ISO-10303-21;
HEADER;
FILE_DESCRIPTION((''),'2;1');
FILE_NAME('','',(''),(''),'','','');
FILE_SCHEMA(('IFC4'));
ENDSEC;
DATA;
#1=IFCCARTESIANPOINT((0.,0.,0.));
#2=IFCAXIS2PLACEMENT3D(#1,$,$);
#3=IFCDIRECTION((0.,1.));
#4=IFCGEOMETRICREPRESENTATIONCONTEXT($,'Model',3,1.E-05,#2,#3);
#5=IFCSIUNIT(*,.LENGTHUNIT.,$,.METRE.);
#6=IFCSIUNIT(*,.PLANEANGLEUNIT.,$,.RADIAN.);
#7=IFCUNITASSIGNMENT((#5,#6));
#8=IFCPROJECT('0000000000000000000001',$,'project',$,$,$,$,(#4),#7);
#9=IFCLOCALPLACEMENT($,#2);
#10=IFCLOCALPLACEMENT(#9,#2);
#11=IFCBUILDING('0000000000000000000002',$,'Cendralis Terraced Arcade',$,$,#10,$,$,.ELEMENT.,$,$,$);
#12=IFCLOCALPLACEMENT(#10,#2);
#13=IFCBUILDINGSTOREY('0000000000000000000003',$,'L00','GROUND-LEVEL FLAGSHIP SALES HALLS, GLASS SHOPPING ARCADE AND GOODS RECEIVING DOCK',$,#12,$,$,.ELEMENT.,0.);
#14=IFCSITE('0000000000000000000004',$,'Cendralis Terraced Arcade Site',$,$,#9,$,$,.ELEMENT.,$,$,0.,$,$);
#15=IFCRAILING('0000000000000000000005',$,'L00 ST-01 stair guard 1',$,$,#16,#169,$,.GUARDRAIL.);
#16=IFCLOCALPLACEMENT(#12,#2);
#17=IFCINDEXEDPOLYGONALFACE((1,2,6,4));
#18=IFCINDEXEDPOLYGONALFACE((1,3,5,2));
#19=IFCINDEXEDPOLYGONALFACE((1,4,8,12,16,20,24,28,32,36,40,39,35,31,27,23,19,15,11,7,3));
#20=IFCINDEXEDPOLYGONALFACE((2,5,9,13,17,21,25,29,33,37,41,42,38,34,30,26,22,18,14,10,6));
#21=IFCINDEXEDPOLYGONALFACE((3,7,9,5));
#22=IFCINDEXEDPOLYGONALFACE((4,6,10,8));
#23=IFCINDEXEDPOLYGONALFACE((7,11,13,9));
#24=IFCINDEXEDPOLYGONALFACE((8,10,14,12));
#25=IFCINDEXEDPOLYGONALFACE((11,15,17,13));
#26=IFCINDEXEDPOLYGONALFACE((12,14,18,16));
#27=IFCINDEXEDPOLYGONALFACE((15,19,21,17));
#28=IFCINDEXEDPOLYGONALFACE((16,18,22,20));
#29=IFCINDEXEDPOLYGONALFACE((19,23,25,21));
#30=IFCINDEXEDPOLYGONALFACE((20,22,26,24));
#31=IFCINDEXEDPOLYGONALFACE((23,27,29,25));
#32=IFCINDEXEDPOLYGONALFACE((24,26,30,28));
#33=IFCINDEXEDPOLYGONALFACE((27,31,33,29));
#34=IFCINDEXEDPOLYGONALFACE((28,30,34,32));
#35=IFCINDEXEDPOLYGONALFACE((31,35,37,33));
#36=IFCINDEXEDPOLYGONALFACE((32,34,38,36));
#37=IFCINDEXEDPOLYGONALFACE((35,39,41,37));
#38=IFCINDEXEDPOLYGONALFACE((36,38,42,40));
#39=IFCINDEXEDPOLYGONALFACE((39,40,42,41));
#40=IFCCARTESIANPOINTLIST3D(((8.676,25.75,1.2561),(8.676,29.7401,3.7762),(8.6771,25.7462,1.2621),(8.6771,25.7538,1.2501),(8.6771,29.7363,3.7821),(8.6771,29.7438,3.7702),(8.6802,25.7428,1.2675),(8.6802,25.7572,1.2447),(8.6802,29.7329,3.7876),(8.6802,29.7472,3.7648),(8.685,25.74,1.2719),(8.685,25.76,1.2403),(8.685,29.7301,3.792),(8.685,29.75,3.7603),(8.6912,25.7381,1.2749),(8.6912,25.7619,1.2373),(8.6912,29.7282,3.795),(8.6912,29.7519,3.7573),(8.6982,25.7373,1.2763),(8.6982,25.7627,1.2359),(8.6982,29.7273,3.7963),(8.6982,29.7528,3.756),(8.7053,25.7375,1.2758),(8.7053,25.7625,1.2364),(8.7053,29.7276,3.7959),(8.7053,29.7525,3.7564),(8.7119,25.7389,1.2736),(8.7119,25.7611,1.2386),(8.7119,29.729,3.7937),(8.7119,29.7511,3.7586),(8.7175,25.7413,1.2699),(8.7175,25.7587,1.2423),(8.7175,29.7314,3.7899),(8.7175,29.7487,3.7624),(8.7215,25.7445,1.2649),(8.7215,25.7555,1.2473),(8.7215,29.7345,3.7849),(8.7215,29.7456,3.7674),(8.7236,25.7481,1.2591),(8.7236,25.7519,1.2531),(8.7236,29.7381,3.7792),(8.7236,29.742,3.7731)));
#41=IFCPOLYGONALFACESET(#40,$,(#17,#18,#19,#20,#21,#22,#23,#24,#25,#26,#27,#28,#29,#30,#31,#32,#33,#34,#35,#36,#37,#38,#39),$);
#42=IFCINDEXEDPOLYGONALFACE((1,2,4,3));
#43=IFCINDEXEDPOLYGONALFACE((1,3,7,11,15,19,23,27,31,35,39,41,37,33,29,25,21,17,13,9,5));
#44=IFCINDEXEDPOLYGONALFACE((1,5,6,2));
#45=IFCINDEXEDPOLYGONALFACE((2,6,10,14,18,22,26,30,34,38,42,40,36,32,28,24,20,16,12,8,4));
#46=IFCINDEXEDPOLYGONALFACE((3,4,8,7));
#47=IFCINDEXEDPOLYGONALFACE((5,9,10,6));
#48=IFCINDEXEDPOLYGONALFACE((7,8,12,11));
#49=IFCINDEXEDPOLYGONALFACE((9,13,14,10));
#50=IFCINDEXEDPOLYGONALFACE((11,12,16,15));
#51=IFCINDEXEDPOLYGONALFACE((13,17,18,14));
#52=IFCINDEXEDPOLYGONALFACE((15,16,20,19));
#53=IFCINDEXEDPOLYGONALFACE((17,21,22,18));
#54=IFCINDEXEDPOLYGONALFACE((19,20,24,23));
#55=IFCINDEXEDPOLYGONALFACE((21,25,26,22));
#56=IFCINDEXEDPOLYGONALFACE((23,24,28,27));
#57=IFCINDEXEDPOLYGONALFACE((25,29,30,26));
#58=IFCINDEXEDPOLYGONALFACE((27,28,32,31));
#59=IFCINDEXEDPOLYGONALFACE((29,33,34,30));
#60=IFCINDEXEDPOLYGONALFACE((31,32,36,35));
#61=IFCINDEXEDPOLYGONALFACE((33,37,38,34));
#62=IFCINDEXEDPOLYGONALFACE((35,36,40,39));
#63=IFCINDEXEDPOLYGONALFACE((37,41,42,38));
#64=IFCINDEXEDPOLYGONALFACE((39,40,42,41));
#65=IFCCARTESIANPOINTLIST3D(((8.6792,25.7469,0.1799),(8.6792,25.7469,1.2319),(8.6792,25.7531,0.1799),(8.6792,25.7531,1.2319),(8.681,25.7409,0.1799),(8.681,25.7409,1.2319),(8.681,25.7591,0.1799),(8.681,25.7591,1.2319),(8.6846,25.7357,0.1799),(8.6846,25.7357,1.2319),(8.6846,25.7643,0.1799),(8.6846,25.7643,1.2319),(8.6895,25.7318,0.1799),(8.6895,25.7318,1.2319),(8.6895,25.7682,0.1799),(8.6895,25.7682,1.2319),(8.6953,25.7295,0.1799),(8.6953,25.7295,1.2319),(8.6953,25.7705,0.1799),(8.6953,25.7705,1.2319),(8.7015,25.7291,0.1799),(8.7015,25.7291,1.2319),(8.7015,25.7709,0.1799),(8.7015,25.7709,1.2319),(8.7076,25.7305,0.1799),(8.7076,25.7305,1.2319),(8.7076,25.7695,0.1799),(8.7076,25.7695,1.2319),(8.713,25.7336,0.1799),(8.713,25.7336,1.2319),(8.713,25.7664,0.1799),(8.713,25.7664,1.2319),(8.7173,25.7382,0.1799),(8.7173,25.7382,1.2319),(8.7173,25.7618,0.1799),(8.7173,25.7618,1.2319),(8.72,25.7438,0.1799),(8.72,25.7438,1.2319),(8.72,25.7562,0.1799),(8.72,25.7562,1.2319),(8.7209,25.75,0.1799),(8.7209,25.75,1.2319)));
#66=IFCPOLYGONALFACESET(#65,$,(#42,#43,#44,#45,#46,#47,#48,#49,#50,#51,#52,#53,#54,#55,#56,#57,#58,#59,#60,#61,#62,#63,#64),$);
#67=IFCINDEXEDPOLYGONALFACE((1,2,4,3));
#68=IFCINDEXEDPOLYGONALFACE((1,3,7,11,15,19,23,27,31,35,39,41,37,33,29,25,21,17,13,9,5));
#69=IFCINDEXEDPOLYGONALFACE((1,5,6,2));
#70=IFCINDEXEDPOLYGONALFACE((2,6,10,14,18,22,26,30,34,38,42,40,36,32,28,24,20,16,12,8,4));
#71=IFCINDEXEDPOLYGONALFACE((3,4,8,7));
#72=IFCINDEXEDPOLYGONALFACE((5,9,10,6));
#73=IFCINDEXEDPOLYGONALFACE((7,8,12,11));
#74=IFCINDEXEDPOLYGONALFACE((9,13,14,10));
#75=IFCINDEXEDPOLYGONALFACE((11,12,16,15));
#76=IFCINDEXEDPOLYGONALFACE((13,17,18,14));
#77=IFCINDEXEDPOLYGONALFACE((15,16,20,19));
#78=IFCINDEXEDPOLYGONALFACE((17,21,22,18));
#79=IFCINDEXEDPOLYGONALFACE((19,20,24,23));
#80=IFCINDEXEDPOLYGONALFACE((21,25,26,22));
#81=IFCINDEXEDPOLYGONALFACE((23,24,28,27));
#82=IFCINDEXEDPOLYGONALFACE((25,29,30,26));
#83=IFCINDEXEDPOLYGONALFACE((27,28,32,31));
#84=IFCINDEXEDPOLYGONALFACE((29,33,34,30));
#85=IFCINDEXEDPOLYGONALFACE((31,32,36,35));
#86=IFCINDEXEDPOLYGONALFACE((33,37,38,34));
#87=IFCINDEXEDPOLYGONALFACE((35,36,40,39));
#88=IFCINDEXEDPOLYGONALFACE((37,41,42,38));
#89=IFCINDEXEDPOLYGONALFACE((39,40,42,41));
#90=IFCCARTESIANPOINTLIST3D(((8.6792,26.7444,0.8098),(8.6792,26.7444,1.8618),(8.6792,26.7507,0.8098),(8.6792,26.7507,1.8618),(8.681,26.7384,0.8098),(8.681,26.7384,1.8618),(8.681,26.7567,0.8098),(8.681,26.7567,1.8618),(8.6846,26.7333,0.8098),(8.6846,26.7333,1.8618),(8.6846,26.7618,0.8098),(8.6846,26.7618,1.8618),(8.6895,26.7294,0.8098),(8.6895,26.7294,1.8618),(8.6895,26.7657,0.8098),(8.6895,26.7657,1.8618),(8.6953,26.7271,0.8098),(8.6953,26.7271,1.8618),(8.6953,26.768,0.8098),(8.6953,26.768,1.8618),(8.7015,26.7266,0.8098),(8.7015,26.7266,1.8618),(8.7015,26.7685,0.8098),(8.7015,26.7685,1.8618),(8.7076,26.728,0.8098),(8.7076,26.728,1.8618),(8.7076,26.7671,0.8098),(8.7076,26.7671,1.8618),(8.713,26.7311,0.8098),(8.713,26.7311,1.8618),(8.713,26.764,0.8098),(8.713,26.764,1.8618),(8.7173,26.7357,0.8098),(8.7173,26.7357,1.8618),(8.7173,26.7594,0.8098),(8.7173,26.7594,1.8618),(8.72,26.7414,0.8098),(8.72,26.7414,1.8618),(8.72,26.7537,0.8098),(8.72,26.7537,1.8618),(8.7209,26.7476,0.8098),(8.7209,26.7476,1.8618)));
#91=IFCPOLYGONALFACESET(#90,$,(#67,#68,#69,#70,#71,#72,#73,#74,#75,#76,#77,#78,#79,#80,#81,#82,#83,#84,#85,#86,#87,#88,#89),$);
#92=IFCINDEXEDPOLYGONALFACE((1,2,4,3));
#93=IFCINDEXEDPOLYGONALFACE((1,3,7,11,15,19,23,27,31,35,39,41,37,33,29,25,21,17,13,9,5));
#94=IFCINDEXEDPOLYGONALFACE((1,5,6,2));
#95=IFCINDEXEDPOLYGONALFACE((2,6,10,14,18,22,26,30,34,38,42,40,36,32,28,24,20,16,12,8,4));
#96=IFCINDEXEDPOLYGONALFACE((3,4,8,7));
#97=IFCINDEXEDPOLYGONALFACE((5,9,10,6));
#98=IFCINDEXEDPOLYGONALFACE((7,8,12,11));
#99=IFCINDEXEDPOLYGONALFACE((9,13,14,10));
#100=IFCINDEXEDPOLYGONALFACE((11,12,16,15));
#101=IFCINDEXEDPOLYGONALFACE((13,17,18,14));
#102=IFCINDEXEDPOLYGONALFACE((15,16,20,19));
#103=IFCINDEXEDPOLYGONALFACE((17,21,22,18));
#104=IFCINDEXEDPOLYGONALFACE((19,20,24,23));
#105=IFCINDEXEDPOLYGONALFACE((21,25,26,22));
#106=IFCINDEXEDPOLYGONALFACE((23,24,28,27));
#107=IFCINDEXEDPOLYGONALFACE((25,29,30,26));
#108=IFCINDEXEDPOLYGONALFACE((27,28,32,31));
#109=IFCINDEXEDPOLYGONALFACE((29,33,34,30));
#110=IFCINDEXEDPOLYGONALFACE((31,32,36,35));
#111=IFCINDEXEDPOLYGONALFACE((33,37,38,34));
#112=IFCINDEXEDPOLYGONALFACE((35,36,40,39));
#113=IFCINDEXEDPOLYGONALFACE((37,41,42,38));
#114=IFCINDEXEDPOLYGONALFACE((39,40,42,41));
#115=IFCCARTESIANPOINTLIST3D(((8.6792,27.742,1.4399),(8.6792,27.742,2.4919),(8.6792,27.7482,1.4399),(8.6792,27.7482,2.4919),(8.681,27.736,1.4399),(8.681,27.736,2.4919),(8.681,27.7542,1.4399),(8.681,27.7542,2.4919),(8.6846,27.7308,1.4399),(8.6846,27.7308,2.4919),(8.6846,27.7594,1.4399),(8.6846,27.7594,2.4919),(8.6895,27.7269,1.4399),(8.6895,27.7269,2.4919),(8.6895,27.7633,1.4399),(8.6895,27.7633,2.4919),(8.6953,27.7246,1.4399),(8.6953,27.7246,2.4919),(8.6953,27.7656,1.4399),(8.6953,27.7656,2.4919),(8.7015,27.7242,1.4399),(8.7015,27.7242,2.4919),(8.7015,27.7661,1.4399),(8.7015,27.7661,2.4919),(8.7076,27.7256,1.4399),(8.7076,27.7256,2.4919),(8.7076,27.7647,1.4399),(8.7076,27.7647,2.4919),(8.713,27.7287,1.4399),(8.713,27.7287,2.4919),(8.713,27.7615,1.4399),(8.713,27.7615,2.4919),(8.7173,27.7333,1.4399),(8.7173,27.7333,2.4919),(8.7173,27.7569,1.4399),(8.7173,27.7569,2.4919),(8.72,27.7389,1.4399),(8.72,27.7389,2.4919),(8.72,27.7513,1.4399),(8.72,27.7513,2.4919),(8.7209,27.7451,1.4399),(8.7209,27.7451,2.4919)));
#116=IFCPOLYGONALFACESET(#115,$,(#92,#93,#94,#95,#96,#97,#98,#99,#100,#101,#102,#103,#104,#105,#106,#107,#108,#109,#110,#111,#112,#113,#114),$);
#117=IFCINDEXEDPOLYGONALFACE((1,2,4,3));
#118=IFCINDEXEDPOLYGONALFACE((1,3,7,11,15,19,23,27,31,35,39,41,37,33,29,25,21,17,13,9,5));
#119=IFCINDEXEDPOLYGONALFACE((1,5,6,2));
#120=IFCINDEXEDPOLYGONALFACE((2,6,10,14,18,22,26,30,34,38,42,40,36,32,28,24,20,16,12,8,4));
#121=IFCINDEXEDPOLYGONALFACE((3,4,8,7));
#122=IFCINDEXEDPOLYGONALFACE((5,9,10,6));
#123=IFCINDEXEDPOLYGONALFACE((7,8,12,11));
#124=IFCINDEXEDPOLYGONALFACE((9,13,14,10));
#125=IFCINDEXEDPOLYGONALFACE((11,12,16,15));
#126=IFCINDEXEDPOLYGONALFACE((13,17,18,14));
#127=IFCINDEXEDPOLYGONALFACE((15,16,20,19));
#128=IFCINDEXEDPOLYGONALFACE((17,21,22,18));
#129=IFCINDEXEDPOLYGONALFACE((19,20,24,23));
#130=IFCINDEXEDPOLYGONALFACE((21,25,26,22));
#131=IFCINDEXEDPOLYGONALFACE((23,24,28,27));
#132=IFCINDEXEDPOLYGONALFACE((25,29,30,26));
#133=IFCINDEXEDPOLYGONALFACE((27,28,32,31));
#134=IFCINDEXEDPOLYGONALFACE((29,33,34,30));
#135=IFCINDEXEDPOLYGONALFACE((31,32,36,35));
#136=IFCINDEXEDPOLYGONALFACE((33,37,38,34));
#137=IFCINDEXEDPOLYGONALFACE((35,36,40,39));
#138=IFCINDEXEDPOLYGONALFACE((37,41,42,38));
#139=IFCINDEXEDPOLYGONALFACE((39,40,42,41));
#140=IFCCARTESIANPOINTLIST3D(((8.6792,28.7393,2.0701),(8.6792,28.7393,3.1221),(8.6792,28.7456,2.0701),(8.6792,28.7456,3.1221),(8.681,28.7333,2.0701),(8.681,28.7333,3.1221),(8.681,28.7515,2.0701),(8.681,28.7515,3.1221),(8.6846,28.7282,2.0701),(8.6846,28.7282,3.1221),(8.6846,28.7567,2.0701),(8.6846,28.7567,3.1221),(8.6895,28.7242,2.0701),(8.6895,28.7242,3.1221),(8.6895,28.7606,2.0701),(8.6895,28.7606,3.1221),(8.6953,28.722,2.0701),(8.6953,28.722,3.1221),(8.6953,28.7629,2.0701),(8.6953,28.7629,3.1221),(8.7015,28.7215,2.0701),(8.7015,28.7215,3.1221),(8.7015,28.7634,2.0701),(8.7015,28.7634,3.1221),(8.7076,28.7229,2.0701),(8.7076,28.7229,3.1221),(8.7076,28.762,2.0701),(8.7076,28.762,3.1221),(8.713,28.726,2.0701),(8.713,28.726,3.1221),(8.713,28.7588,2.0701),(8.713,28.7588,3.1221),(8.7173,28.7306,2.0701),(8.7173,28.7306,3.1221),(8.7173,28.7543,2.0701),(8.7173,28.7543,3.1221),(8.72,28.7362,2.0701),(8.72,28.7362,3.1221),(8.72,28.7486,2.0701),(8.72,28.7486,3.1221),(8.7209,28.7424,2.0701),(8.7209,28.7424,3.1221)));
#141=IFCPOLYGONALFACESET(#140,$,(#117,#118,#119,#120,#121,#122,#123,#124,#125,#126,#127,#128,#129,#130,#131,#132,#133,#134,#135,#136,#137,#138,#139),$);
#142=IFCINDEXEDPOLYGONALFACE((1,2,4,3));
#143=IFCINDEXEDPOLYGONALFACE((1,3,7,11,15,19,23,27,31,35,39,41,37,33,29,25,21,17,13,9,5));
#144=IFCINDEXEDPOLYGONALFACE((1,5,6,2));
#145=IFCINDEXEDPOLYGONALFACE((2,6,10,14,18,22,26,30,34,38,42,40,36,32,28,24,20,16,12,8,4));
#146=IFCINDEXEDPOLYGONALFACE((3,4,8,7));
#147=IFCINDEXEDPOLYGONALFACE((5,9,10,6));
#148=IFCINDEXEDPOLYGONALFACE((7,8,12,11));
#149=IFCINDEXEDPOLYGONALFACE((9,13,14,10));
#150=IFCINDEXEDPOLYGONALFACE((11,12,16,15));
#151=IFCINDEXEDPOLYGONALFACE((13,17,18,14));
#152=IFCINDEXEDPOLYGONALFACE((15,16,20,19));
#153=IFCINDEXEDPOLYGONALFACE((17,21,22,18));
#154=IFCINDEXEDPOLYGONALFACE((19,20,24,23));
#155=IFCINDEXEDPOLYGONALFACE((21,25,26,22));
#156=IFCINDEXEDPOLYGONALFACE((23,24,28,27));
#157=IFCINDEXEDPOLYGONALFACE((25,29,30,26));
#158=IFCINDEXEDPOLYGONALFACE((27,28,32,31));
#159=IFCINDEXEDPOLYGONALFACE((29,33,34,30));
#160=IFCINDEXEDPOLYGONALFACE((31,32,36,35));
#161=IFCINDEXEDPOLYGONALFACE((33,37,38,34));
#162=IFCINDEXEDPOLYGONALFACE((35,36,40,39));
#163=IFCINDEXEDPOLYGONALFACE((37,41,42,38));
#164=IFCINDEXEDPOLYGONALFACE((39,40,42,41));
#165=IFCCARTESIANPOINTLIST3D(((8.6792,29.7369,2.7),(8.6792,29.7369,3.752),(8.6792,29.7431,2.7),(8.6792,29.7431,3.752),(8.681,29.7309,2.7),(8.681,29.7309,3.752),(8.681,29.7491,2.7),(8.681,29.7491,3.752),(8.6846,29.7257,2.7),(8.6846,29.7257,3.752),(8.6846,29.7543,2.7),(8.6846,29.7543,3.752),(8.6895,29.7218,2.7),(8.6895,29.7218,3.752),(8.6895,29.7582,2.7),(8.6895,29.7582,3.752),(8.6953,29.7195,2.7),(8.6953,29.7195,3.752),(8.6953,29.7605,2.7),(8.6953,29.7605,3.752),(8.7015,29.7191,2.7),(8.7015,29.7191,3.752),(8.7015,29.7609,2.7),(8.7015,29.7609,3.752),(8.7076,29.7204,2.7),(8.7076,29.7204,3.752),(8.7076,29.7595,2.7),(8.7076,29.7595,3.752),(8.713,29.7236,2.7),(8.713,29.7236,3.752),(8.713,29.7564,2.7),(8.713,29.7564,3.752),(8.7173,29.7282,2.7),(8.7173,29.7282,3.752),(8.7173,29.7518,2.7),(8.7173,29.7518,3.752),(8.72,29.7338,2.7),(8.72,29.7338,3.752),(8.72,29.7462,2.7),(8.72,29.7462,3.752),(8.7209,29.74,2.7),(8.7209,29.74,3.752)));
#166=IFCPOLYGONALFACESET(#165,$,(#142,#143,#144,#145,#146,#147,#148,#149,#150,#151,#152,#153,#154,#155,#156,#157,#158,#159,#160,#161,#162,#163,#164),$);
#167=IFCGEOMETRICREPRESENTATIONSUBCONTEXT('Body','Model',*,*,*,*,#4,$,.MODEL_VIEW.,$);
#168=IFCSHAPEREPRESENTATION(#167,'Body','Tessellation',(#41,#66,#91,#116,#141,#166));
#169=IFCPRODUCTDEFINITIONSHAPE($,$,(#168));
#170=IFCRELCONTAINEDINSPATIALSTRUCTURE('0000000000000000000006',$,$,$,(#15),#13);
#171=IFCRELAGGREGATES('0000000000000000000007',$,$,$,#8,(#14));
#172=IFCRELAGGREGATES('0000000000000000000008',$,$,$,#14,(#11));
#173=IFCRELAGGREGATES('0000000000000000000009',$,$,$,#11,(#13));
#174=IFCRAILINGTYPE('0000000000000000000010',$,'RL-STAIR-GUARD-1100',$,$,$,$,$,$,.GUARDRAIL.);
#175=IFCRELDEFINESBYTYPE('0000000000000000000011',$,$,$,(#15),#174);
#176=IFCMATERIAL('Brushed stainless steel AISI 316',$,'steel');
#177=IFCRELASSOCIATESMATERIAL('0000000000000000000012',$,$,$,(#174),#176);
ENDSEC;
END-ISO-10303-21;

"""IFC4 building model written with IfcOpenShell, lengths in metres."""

from ifc_helpers import new_model, si_unit, direction, frame, origin, origin_2d, place, context, subcontext, project, spatial, circle, extrude, material, type_object, element, save


model = new_model("IFC4")

# Units and contexts
model_context = context("Model", 3, precision=1e-05, world=origin(), true_north=direction((0.0, 1.0)))
body_context = subcontext(model_context, "Body", "Model", "MODEL_VIEW")
ifc_project = project(units=[si_unit("LENGTHUNIT", "METRE"), si_unit("PLANEANGLEUNIT", "RADIAN")], contexts=[model_context])

# Site, building, storey
site_placement = place(None, origin())
site = spatial("IfcSite", under=ifc_project, at=site_placement, Name="Cendralis Terraced Arcade Site", CompositionType="ELEMENT", RefElevation=0.0)
building_placement = place(site_placement, origin())
building = spatial("IfcBuilding", under=site, at=building_placement, Name="Cendralis Terraced Arcade", CompositionType="ELEMENT")
storey_placement = place(building_placement, origin())
storey = spatial("IfcBuildingStorey", under=building, at=storey_placement, Name="L00", Description="GROUND-LEVEL FLAGSHIP SALES HALLS, GLASS SHOPPING ARCADE AND GOODS RECEIVING DOCK", CompositionType="ELEMENT", Elevation=0.0)

# Railing
ifc_material_1 = material(Name="Brushed stainless steel AISI 316", Category="steel")
railing_type_1 = type_object("IfcRailingType", Name="RL-STAIR-GUARD-1100", PredefinedType="GUARDRAIL", material=ifc_material_1)
railing_1_placement = place(storey_placement, frame((8.7, 25.75, 0.1799)))
element("IfcRailing", 1, at=railing_1_placement, inside=storey, type_object=railing_type_1, Name="L00 ST-01 stair guard 1", PredefinedType="GUARDRAIL", context=body_context, shape_type="SweptSolid", body=[
    extrude(circle(Radius=0.0239, at=origin_2d()), frame((0.0, 0.0, 1.0762), z_axis=(0.0, 0.845486, 0.533997), x_axis=(-1.0, 0.0, 0.0)), (0.0, 0.0, 1.0), 4.7192),
    extrude(circle(Radius=0.021, at=origin_2d()), origin(), (0.0, 0.0, 1.0), 1.052),
    extrude(circle(Radius=0.021, at=origin_2d()), frame((0.0, 0.9976, 0.6299)), (0.0, 0.0, 1.0), 1.052),
    extrude(circle(Radius=0.021, at=origin_2d()), frame((0.0, 1.9951, 1.26)), (0.0, 0.0, 1.0), 1.052),
    extrude(circle(Radius=0.021, at=origin_2d()), frame((0.0, 2.9924, 1.8901)), (0.0, 0.0, 1.0), 1.052),
    extrude(circle(Radius=0.021, at=origin_2d()), frame((0.0, 3.99, 2.52)), (0.0, 0.0, 1.0), 1.052),
])

save(model, "model.ifc")
